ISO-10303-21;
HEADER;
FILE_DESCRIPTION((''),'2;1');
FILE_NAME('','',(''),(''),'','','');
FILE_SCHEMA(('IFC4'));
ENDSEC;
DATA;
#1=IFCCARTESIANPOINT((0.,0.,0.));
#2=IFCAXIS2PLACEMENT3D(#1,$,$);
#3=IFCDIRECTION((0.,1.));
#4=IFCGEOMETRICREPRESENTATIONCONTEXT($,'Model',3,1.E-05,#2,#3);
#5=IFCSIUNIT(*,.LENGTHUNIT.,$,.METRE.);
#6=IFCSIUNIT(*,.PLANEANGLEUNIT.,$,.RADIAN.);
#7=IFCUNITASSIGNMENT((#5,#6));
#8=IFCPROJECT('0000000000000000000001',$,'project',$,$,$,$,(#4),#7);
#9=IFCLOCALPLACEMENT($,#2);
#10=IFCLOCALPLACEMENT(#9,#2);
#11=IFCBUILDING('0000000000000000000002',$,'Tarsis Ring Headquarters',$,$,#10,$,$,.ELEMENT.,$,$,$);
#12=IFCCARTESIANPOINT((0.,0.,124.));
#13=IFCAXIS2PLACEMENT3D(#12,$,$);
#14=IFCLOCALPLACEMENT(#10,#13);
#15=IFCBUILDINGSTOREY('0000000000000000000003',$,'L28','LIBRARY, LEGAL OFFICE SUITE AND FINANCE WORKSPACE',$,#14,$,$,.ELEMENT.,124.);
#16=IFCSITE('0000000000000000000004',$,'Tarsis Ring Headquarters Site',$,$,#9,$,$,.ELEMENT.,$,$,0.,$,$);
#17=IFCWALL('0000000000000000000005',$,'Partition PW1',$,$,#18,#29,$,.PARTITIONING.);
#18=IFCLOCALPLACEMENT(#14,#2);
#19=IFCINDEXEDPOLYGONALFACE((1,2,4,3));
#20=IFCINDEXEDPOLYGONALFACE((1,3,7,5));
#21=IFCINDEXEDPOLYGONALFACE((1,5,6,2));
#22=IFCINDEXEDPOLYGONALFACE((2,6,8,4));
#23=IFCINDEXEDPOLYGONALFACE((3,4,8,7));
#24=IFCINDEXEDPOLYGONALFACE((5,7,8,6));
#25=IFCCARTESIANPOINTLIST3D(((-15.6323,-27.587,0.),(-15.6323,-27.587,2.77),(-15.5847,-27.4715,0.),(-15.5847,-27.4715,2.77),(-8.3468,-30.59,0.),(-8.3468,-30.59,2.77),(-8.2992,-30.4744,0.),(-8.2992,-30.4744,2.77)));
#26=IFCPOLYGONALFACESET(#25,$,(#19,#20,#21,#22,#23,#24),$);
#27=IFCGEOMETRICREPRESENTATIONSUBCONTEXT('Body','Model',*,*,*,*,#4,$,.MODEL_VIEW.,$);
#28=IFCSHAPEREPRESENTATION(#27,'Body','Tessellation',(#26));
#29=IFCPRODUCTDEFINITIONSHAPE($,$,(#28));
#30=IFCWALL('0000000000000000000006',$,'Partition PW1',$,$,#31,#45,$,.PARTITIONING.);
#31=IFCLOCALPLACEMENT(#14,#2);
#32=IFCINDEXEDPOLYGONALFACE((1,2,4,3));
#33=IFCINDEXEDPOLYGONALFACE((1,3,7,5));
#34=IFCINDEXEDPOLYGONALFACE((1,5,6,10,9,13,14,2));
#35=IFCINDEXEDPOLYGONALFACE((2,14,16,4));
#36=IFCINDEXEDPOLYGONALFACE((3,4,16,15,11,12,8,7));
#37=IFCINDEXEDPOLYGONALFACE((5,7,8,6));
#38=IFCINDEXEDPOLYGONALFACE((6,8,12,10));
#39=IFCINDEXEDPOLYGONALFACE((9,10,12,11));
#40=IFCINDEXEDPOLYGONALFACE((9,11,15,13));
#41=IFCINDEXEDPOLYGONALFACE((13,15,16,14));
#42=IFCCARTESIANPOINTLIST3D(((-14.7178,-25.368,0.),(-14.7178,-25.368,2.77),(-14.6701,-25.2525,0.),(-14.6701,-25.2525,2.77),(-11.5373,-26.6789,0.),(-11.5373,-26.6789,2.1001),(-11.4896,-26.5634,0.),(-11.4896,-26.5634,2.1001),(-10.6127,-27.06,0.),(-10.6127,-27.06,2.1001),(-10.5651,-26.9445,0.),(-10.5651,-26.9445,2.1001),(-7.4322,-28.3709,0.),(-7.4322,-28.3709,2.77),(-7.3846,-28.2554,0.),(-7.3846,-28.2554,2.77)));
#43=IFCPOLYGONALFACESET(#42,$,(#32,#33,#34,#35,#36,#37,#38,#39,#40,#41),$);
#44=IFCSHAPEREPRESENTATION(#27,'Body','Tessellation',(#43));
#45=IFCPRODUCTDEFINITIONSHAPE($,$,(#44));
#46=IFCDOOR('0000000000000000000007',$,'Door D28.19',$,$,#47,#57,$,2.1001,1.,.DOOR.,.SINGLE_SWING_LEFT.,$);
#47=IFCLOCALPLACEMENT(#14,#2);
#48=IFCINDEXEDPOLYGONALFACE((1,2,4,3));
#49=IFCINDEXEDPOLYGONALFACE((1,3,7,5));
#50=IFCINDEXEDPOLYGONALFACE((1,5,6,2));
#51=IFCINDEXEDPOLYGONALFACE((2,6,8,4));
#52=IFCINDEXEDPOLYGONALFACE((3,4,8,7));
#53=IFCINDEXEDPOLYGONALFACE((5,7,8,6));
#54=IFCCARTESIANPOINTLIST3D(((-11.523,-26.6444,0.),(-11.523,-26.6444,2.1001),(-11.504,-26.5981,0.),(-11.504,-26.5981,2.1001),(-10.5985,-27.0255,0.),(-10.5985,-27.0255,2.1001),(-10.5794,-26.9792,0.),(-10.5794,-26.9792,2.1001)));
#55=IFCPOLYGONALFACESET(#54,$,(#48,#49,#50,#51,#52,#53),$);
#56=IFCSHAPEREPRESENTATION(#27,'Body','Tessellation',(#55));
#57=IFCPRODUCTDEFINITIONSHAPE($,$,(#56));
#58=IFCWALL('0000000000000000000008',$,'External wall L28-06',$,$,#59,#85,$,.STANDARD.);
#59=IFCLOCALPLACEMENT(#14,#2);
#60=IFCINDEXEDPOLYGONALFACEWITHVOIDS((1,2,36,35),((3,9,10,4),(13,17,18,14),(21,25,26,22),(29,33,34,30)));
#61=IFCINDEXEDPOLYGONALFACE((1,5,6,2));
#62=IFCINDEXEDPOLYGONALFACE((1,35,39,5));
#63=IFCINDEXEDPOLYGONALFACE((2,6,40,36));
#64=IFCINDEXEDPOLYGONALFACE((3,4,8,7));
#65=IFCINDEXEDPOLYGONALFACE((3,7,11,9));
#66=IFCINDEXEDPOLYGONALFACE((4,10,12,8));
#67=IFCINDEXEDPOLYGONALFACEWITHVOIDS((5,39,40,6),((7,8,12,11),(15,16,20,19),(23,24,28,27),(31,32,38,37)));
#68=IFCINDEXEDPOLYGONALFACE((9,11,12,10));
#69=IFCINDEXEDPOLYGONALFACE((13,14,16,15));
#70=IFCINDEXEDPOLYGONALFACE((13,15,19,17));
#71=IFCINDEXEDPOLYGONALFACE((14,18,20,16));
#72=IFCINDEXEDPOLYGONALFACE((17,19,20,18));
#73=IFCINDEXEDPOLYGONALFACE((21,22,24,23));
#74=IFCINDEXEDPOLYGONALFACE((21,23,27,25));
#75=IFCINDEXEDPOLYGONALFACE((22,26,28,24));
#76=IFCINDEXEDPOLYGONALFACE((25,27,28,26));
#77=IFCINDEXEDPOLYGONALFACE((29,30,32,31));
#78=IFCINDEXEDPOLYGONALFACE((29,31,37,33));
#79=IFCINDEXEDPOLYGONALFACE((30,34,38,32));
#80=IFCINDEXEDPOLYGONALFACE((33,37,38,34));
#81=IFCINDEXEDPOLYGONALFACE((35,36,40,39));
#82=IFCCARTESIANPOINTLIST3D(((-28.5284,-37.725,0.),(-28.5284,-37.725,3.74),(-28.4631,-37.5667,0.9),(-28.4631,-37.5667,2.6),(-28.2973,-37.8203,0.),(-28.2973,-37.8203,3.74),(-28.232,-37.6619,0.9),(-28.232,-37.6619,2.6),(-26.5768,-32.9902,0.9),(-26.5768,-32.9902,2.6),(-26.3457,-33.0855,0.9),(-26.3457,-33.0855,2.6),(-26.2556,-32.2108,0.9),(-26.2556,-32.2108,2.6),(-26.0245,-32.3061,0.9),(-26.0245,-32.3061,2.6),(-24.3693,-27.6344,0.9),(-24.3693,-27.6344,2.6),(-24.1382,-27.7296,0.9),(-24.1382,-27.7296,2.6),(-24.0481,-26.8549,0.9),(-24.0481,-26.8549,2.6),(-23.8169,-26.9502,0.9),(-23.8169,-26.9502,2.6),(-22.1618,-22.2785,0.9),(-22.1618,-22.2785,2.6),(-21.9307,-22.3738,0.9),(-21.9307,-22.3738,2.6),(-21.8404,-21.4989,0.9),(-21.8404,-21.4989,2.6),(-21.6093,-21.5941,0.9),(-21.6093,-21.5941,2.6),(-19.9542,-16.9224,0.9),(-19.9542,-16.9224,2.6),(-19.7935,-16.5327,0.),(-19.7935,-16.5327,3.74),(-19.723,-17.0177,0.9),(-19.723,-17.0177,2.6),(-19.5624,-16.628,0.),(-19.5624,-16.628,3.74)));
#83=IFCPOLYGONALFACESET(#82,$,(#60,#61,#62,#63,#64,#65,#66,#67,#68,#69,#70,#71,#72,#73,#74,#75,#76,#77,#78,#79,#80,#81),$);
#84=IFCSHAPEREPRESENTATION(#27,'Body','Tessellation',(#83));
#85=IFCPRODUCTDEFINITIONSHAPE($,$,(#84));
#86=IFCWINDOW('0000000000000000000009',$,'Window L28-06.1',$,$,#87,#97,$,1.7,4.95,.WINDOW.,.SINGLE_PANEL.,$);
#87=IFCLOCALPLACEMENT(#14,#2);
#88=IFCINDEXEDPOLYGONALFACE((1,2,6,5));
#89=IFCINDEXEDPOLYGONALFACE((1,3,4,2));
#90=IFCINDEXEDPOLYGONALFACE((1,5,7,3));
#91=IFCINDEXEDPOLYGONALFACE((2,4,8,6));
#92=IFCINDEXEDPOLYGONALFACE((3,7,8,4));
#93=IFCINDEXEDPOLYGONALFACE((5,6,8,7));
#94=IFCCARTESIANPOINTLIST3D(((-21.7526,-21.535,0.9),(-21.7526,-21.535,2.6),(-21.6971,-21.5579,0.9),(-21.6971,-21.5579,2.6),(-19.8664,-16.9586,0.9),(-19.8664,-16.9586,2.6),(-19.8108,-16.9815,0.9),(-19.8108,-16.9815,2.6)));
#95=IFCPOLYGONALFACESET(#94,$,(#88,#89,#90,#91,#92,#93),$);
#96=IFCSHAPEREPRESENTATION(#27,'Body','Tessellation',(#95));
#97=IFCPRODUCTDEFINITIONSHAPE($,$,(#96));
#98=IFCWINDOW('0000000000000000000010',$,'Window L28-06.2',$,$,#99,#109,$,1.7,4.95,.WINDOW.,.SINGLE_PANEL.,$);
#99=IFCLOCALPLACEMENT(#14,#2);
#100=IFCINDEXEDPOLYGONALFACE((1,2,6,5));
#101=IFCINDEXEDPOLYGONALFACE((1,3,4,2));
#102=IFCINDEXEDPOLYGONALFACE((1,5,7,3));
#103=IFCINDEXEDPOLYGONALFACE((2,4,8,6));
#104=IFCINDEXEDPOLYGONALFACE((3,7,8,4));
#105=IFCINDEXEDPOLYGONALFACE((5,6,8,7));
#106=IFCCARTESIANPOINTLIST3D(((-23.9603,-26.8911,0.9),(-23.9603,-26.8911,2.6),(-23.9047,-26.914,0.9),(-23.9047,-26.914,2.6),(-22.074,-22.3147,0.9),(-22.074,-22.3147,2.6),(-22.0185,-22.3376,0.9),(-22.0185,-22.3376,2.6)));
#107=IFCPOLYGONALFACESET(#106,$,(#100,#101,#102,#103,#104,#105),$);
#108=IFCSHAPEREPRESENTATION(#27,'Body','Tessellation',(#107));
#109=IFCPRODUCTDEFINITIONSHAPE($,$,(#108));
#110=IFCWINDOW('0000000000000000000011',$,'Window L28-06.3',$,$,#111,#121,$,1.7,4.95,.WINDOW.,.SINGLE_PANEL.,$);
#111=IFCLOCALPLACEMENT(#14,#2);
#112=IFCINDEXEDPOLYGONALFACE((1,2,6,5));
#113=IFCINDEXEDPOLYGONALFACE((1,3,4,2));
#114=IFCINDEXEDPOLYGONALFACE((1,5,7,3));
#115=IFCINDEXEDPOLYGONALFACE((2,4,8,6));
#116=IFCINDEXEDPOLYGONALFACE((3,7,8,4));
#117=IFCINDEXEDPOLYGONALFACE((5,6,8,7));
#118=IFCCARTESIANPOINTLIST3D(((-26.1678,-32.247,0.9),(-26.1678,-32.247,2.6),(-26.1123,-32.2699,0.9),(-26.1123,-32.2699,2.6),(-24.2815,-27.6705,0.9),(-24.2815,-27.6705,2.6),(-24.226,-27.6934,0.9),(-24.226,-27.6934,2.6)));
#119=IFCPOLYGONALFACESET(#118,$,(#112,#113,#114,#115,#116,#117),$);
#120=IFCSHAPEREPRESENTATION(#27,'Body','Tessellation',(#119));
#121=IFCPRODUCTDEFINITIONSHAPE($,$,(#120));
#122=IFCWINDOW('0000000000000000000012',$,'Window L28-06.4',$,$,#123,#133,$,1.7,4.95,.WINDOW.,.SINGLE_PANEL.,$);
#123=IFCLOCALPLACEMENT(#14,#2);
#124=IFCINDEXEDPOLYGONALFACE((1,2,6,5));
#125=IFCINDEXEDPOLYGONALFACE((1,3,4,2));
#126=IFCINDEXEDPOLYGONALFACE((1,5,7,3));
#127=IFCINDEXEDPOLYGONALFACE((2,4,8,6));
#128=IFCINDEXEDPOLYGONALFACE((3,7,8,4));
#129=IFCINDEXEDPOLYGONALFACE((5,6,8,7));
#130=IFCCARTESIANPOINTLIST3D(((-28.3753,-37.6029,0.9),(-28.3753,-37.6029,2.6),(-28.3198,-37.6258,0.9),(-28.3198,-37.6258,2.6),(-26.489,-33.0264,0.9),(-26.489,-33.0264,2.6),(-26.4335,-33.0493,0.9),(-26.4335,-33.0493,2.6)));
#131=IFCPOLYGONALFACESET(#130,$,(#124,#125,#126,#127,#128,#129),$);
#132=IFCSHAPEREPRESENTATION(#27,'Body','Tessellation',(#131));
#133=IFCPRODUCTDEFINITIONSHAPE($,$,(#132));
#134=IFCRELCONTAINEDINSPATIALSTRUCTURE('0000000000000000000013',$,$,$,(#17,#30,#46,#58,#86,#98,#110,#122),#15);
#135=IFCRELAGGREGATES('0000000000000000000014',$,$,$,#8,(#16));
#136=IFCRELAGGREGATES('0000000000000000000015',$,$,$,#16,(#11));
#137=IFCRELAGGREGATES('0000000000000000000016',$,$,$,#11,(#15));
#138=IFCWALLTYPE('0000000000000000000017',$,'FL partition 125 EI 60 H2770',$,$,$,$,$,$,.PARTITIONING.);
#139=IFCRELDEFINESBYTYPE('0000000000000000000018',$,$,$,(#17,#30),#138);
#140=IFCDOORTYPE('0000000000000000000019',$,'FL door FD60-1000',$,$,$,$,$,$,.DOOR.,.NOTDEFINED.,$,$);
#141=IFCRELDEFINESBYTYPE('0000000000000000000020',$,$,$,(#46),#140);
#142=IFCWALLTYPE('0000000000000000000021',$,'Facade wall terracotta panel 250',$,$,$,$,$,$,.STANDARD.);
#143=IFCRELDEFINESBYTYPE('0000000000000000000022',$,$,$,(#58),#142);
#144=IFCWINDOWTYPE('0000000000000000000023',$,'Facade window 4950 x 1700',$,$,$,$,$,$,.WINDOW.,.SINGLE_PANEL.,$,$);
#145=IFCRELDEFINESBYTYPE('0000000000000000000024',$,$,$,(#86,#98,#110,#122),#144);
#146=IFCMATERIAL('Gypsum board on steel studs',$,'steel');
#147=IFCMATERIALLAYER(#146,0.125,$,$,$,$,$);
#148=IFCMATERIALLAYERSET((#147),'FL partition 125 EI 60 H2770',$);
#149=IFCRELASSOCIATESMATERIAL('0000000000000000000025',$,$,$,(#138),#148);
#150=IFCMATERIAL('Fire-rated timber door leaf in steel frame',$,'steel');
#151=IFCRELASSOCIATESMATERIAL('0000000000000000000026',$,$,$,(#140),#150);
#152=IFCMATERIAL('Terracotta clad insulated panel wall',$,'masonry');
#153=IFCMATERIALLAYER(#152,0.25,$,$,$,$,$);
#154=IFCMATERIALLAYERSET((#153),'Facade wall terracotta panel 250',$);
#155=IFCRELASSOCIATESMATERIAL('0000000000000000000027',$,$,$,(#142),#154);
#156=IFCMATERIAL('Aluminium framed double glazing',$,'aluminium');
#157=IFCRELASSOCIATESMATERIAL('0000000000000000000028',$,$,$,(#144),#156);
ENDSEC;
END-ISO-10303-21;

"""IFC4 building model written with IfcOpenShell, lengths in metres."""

from ifc_helpers import new_model, si_unit, direction, frame, frame_2d, origin, place, context, subcontext, project, spatial, rectangle, extrude, material, layer, layer_set, type_object, element, fill, save


model = new_model("IFC4")

# Units and contexts
model_context = context("Model", 3, precision=1e-05, world=origin(), true_north=direction((0.0, 1.0)))
body_context = subcontext(model_context, "Body", "Model", "MODEL_VIEW")
ifc_project = project(units=[si_unit("LENGTHUNIT", "METRE"), si_unit("PLANEANGLEUNIT", "RADIAN")], contexts=[model_context])

# Site, building, storey
site_placement = place(None, origin())
site = spatial("IfcSite", under=ifc_project, at=site_placement, Name="Tarsis Ring Headquarters Site", CompositionType="ELEMENT", RefElevation=0.0)
building_placement = place(site_placement, origin())
building = spatial("IfcBuilding", under=site, at=building_placement, Name="Tarsis Ring Headquarters", CompositionType="ELEMENT")
storey_placement = place(building_placement, frame((0.0, 0.0, 124.0)))
storey = spatial("IfcBuildingStorey", under=building, at=storey_placement, Name="L28", Description="LIBRARY, LEGAL OFFICE SUITE AND FINANCE WORKSPACE", CompositionType="ELEMENT", Elevation=124.0)

# Shared definitions
ifc_material_1 = material(Name="Gypsum board on steel studs", Category="steel")

# Shared definitions
ifc_layer_1 = layer(ifc_material_1, 0.125)
ifc_layer_set_1 = layer_set([ifc_layer_1], Name="FL partition 125 EI 60 H2770")
wall_type_1 = type_object("IfcWallType", Name="FL partition 125 EI 60 H2770", PredefinedType="PARTITIONING", material=ifc_layer_set_1)
ifc_material_2 = material(Name="Fire-rated timber door leaf in steel frame", Category="steel")
door_type_1 = type_object("IfcDoorType", Name="FL door FD60-1000", OperationType="NOTDEFINED", PredefinedType="DOOR", material=ifc_material_2)

# Wall
wall_1_placement = place(storey_placement, frame((-15.6084, -27.5293, 0.0), z_axis=(0.0, 0.0, 1.0), x_axis=(0.924541, -0.381082, 0.0)))
element("IfcWall", 1, at=wall_1_placement, inside=storey, type_object=wall_type_1, Name="Partition PW1", PredefinedType="PARTITIONING", context=body_context, shape_type="SweptSolid", body=[
    extrude(rectangle(XDim=7.8801, YDim=0.125, at=frame_2d((3.9399, 0.0))), origin(), (0.0, 0.0, 1.0), 2.77),
])

# Wall, opening, door
wall_2_placement = place(storey_placement, frame((-14.6938, -25.3103, 0.0), z_axis=(0.0, 0.0, 1.0), x_axis=(0.924546, -0.381071, 0.0)))
wall_2 = element("IfcWall", 2, at=wall_2_placement, inside=storey, type_object=wall_type_1, Name="Partition PW1", PredefinedType="PARTITIONING", context=body_context, shape_type="SweptSolid", body=[
    extrude(rectangle(XDim=7.8801, YDim=0.125, at=frame_2d((3.9399, 0.0))), origin(), (0.0, 0.0, 1.0), 2.77),
])
opening_1_placement = place(wall_2_placement, frame((3.4399, 0.0, 0.0)))
opening_1 = element("IfcOpeningElement", 3, at=opening_1_placement, cuts=wall_2, PredefinedType="OPENING", context=body_context, shape_type="SweptSolid", body=[
    extrude(rectangle(XDim=1.0, YDim=2.1001, at=frame_2d((0.5, 1.05))), frame((0.0, 0.0725, 0.0), z_axis=(0.0, -1.0, 0.0), x_axis=(1.0, 0.0, 0.0)), (0.0, 0.0, 1.0), 0.145),
])
door_1_placement = place(opening_1_placement, origin())
door_1 = element("IfcDoor", 4, at=door_1_placement, inside=storey, type_object=door_type_1, Name="Door D28.19", OperationType="SINGLE_SWING_LEFT", OverallHeight=2.1001, OverallWidth=1.0, PredefinedType="DOOR", context=body_context, shape_type="SweptSolid", body=[
    extrude(rectangle(XDim=1.0, YDim=2.1001, at=frame_2d((0.5, 1.05))), frame((0.0, 0.0249, 0.0), z_axis=(0.0, -1.0, 0.0), x_axis=(1.0, 0.0, 0.0)), (0.0, 0.0, 1.0), 0.05),
])
fill(opening_1, door_1)

# Wall, openings, windows
ifc_material_3 = material(Name="Terracotta clad insulated panel wall", Category="masonry")
ifc_layer_2 = layer(ifc_material_3, 0.25)
ifc_layer_set_2 = layer_set([ifc_layer_2], Name="Facade wall terracotta panel 250")
wall_type_2 = type_object("IfcWallType", Name="Facade wall terracotta panel 250", PredefinedType="STANDARD", material=ifc_layer_set_2)
wall_3_placement = place(storey_placement, frame((-19.678, -16.5803, 0.0), z_axis=(0.0, 0.0, 1.0), x_axis=(-0.38107, -0.924546, 0.0)))
wall_3 = element("IfcWall", 5, at=wall_3_placement, inside=storey, type_object=wall_type_2, Name="External wall L28-06", PredefinedType="STANDARD", context=body_context, shape_type="SweptSolid", body=[
    extrude(rectangle(XDim=22.9219, YDim=0.25, at=frame_2d((11.4609, 0.0))), origin(), (0.0, 0.0, 1.0), 3.74),
])
opening_2_placement = place(wall_3_placement, frame((0.4214, 0.0, 0.8999)))
opening_2 = element("IfcOpeningElement", 6, at=opening_2_placement, cuts=wall_3, PredefinedType="OPENING", context=body_context, shape_type="SweptSolid", body=[
    extrude(rectangle(XDim=4.95, YDim=1.7, at=frame_2d((2.4751, 0.8501))), frame((0.0, 0.135, 0.0), z_axis=(0.0, -1.0, 0.0), x_axis=(1.0, 0.0, 0.0)), (0.0, 0.0, 1.0), 0.27),
])
opening_3_placement = place(wall_3_placement, frame((6.2146, 0.0, 0.8999)))
opening_3 = element("IfcOpeningElement", 7, at=opening_3_placement, cuts=wall_3, PredefinedType="OPENING", context=body_context, shape_type="SweptSolid", body=[
    extrude(rectangle(XDim=4.95, YDim=1.7, at=frame_2d((2.4751, 0.8501))), frame((0.0, 0.135, 0.0), z_axis=(0.0, -1.0, 0.0), x_axis=(1.0, 0.0, 0.0)), (0.0, 0.0, 1.0), 0.27),
])
opening_4_placement = place(wall_3_placement, frame((12.0076, 0.0, 0.8999)))
opening_4 = element("IfcOpeningElement", 8, at=opening_4_placement, cuts=wall_3, PredefinedType="OPENING", context=body_context, shape_type="SweptSolid", body=[
    extrude(rectangle(XDim=4.95, YDim=1.7, at=frame_2d((2.4751, 0.8501))), frame((0.0, 0.135, 0.0), z_axis=(0.0, -1.0, 0.0), x_axis=(1.0, 0.0, 0.0)), (0.0, 0.0, 1.0), 0.27),
])
opening_5_placement = place(wall_3_placement, frame((17.8005, 0.0, 0.8999)))
opening_5 = element("IfcOpeningElement", 9, at=opening_5_placement, cuts=wall_3, PredefinedType="OPENING", context=body_context, shape_type="SweptSolid", body=[
    extrude(rectangle(XDim=4.95, YDim=1.7, at=frame_2d((2.4751, 0.8501))), frame((0.0, 0.135, 0.0), z_axis=(0.0, -1.0, 0.0), x_axis=(1.0, 0.0, 0.0)), (0.0, 0.0, 1.0), 0.27),
])
ifc_material_4 = material(Name="Aluminium framed double glazing", Category="aluminium")
window_type = type_object("IfcWindowType", Name="Facade window 4950 x 1700", PartitioningType="SINGLE_PANEL", PredefinedType="WINDOW", material=ifc_material_4)
window_1_placement = place(opening_2_placement, origin())
window_1 = element("IfcWindow", 10, at=window_1_placement, inside=storey, type_object=window_type, Name="Window L28-06.1", OverallHeight=1.7, OverallWidth=4.95, PartitioningType="SINGLE_PANEL", PredefinedType="WINDOW", context=body_context, shape_type="SweptSolid", body=[
    extrude(rectangle(XDim=4.95, YDim=1.7, at=frame_2d((2.4751, 0.8501))), frame((0.0, 0.03, 0.0), z_axis=(0.0, -1.0, 0.0), x_axis=(1.0, 0.0, 0.0)), (0.0, 0.0, 1.0), 0.0601),
])
fill(opening_2, window_1)
window_2_placement = place(opening_3_placement, origin())
window_2 = element("IfcWindow", 11, at=window_2_placement, inside=storey, type_object=window_type, Name="Window L28-06.2", OverallHeight=1.7, OverallWidth=4.95, PartitioningType="SINGLE_PANEL", PredefinedType="WINDOW", context=body_context, shape_type="SweptSolid", body=[
    extrude(rectangle(XDim=4.95, YDim=1.7, at=frame_2d((2.4751, 0.8501))), frame((0.0, 0.03, 0.0), z_axis=(0.0, -1.0, 0.0), x_axis=(1.0, 0.0, 0.0)), (0.0, 0.0, 1.0), 0.0601),
])
fill(opening_3, window_2)
window_3_placement = place(opening_4_placement, origin())
window_3 = element("IfcWindow", 12, at=window_3_placement, inside=storey, type_object=window_type, Name="Window L28-06.3", OverallHeight=1.7, OverallWidth=4.95, PartitioningType="SINGLE_PANEL", PredefinedType="WINDOW", context=body_context, shape_type="SweptSolid", body=[
    extrude(rectangle(XDim=4.95, YDim=1.7, at=frame_2d((2.4751, 0.8501))), frame((0.0, 0.03, 0.0), z_axis=(0.0, -1.0, 0.0), x_axis=(1.0, 0.0, 0.0)), (0.0, 0.0, 1.0), 0.0601),
])
fill(opening_4, window_3)
window_4_placement = place(opening_5_placement, origin())
window_4 = element("IfcWindow", 13, at=window_4_placement, inside=storey, type_object=window_type, Name="Window L28-06.4", OverallHeight=1.7, OverallWidth=4.95, PartitioningType="SINGLE_PANEL", PredefinedType="WINDOW", context=body_context, shape_type="SweptSolid", body=[
    extrude(rectangle(XDim=4.95, YDim=1.7, at=frame_2d((2.4751, 0.8501))), frame((0.0, 0.03, 0.0), z_axis=(0.0, -1.0, 0.0), x_axis=(1.0, 0.0, 0.0)), (0.0, 0.0, 1.0), 0.0601),
])
fill(opening_5, window_4)

save(model, "model.ifc")
